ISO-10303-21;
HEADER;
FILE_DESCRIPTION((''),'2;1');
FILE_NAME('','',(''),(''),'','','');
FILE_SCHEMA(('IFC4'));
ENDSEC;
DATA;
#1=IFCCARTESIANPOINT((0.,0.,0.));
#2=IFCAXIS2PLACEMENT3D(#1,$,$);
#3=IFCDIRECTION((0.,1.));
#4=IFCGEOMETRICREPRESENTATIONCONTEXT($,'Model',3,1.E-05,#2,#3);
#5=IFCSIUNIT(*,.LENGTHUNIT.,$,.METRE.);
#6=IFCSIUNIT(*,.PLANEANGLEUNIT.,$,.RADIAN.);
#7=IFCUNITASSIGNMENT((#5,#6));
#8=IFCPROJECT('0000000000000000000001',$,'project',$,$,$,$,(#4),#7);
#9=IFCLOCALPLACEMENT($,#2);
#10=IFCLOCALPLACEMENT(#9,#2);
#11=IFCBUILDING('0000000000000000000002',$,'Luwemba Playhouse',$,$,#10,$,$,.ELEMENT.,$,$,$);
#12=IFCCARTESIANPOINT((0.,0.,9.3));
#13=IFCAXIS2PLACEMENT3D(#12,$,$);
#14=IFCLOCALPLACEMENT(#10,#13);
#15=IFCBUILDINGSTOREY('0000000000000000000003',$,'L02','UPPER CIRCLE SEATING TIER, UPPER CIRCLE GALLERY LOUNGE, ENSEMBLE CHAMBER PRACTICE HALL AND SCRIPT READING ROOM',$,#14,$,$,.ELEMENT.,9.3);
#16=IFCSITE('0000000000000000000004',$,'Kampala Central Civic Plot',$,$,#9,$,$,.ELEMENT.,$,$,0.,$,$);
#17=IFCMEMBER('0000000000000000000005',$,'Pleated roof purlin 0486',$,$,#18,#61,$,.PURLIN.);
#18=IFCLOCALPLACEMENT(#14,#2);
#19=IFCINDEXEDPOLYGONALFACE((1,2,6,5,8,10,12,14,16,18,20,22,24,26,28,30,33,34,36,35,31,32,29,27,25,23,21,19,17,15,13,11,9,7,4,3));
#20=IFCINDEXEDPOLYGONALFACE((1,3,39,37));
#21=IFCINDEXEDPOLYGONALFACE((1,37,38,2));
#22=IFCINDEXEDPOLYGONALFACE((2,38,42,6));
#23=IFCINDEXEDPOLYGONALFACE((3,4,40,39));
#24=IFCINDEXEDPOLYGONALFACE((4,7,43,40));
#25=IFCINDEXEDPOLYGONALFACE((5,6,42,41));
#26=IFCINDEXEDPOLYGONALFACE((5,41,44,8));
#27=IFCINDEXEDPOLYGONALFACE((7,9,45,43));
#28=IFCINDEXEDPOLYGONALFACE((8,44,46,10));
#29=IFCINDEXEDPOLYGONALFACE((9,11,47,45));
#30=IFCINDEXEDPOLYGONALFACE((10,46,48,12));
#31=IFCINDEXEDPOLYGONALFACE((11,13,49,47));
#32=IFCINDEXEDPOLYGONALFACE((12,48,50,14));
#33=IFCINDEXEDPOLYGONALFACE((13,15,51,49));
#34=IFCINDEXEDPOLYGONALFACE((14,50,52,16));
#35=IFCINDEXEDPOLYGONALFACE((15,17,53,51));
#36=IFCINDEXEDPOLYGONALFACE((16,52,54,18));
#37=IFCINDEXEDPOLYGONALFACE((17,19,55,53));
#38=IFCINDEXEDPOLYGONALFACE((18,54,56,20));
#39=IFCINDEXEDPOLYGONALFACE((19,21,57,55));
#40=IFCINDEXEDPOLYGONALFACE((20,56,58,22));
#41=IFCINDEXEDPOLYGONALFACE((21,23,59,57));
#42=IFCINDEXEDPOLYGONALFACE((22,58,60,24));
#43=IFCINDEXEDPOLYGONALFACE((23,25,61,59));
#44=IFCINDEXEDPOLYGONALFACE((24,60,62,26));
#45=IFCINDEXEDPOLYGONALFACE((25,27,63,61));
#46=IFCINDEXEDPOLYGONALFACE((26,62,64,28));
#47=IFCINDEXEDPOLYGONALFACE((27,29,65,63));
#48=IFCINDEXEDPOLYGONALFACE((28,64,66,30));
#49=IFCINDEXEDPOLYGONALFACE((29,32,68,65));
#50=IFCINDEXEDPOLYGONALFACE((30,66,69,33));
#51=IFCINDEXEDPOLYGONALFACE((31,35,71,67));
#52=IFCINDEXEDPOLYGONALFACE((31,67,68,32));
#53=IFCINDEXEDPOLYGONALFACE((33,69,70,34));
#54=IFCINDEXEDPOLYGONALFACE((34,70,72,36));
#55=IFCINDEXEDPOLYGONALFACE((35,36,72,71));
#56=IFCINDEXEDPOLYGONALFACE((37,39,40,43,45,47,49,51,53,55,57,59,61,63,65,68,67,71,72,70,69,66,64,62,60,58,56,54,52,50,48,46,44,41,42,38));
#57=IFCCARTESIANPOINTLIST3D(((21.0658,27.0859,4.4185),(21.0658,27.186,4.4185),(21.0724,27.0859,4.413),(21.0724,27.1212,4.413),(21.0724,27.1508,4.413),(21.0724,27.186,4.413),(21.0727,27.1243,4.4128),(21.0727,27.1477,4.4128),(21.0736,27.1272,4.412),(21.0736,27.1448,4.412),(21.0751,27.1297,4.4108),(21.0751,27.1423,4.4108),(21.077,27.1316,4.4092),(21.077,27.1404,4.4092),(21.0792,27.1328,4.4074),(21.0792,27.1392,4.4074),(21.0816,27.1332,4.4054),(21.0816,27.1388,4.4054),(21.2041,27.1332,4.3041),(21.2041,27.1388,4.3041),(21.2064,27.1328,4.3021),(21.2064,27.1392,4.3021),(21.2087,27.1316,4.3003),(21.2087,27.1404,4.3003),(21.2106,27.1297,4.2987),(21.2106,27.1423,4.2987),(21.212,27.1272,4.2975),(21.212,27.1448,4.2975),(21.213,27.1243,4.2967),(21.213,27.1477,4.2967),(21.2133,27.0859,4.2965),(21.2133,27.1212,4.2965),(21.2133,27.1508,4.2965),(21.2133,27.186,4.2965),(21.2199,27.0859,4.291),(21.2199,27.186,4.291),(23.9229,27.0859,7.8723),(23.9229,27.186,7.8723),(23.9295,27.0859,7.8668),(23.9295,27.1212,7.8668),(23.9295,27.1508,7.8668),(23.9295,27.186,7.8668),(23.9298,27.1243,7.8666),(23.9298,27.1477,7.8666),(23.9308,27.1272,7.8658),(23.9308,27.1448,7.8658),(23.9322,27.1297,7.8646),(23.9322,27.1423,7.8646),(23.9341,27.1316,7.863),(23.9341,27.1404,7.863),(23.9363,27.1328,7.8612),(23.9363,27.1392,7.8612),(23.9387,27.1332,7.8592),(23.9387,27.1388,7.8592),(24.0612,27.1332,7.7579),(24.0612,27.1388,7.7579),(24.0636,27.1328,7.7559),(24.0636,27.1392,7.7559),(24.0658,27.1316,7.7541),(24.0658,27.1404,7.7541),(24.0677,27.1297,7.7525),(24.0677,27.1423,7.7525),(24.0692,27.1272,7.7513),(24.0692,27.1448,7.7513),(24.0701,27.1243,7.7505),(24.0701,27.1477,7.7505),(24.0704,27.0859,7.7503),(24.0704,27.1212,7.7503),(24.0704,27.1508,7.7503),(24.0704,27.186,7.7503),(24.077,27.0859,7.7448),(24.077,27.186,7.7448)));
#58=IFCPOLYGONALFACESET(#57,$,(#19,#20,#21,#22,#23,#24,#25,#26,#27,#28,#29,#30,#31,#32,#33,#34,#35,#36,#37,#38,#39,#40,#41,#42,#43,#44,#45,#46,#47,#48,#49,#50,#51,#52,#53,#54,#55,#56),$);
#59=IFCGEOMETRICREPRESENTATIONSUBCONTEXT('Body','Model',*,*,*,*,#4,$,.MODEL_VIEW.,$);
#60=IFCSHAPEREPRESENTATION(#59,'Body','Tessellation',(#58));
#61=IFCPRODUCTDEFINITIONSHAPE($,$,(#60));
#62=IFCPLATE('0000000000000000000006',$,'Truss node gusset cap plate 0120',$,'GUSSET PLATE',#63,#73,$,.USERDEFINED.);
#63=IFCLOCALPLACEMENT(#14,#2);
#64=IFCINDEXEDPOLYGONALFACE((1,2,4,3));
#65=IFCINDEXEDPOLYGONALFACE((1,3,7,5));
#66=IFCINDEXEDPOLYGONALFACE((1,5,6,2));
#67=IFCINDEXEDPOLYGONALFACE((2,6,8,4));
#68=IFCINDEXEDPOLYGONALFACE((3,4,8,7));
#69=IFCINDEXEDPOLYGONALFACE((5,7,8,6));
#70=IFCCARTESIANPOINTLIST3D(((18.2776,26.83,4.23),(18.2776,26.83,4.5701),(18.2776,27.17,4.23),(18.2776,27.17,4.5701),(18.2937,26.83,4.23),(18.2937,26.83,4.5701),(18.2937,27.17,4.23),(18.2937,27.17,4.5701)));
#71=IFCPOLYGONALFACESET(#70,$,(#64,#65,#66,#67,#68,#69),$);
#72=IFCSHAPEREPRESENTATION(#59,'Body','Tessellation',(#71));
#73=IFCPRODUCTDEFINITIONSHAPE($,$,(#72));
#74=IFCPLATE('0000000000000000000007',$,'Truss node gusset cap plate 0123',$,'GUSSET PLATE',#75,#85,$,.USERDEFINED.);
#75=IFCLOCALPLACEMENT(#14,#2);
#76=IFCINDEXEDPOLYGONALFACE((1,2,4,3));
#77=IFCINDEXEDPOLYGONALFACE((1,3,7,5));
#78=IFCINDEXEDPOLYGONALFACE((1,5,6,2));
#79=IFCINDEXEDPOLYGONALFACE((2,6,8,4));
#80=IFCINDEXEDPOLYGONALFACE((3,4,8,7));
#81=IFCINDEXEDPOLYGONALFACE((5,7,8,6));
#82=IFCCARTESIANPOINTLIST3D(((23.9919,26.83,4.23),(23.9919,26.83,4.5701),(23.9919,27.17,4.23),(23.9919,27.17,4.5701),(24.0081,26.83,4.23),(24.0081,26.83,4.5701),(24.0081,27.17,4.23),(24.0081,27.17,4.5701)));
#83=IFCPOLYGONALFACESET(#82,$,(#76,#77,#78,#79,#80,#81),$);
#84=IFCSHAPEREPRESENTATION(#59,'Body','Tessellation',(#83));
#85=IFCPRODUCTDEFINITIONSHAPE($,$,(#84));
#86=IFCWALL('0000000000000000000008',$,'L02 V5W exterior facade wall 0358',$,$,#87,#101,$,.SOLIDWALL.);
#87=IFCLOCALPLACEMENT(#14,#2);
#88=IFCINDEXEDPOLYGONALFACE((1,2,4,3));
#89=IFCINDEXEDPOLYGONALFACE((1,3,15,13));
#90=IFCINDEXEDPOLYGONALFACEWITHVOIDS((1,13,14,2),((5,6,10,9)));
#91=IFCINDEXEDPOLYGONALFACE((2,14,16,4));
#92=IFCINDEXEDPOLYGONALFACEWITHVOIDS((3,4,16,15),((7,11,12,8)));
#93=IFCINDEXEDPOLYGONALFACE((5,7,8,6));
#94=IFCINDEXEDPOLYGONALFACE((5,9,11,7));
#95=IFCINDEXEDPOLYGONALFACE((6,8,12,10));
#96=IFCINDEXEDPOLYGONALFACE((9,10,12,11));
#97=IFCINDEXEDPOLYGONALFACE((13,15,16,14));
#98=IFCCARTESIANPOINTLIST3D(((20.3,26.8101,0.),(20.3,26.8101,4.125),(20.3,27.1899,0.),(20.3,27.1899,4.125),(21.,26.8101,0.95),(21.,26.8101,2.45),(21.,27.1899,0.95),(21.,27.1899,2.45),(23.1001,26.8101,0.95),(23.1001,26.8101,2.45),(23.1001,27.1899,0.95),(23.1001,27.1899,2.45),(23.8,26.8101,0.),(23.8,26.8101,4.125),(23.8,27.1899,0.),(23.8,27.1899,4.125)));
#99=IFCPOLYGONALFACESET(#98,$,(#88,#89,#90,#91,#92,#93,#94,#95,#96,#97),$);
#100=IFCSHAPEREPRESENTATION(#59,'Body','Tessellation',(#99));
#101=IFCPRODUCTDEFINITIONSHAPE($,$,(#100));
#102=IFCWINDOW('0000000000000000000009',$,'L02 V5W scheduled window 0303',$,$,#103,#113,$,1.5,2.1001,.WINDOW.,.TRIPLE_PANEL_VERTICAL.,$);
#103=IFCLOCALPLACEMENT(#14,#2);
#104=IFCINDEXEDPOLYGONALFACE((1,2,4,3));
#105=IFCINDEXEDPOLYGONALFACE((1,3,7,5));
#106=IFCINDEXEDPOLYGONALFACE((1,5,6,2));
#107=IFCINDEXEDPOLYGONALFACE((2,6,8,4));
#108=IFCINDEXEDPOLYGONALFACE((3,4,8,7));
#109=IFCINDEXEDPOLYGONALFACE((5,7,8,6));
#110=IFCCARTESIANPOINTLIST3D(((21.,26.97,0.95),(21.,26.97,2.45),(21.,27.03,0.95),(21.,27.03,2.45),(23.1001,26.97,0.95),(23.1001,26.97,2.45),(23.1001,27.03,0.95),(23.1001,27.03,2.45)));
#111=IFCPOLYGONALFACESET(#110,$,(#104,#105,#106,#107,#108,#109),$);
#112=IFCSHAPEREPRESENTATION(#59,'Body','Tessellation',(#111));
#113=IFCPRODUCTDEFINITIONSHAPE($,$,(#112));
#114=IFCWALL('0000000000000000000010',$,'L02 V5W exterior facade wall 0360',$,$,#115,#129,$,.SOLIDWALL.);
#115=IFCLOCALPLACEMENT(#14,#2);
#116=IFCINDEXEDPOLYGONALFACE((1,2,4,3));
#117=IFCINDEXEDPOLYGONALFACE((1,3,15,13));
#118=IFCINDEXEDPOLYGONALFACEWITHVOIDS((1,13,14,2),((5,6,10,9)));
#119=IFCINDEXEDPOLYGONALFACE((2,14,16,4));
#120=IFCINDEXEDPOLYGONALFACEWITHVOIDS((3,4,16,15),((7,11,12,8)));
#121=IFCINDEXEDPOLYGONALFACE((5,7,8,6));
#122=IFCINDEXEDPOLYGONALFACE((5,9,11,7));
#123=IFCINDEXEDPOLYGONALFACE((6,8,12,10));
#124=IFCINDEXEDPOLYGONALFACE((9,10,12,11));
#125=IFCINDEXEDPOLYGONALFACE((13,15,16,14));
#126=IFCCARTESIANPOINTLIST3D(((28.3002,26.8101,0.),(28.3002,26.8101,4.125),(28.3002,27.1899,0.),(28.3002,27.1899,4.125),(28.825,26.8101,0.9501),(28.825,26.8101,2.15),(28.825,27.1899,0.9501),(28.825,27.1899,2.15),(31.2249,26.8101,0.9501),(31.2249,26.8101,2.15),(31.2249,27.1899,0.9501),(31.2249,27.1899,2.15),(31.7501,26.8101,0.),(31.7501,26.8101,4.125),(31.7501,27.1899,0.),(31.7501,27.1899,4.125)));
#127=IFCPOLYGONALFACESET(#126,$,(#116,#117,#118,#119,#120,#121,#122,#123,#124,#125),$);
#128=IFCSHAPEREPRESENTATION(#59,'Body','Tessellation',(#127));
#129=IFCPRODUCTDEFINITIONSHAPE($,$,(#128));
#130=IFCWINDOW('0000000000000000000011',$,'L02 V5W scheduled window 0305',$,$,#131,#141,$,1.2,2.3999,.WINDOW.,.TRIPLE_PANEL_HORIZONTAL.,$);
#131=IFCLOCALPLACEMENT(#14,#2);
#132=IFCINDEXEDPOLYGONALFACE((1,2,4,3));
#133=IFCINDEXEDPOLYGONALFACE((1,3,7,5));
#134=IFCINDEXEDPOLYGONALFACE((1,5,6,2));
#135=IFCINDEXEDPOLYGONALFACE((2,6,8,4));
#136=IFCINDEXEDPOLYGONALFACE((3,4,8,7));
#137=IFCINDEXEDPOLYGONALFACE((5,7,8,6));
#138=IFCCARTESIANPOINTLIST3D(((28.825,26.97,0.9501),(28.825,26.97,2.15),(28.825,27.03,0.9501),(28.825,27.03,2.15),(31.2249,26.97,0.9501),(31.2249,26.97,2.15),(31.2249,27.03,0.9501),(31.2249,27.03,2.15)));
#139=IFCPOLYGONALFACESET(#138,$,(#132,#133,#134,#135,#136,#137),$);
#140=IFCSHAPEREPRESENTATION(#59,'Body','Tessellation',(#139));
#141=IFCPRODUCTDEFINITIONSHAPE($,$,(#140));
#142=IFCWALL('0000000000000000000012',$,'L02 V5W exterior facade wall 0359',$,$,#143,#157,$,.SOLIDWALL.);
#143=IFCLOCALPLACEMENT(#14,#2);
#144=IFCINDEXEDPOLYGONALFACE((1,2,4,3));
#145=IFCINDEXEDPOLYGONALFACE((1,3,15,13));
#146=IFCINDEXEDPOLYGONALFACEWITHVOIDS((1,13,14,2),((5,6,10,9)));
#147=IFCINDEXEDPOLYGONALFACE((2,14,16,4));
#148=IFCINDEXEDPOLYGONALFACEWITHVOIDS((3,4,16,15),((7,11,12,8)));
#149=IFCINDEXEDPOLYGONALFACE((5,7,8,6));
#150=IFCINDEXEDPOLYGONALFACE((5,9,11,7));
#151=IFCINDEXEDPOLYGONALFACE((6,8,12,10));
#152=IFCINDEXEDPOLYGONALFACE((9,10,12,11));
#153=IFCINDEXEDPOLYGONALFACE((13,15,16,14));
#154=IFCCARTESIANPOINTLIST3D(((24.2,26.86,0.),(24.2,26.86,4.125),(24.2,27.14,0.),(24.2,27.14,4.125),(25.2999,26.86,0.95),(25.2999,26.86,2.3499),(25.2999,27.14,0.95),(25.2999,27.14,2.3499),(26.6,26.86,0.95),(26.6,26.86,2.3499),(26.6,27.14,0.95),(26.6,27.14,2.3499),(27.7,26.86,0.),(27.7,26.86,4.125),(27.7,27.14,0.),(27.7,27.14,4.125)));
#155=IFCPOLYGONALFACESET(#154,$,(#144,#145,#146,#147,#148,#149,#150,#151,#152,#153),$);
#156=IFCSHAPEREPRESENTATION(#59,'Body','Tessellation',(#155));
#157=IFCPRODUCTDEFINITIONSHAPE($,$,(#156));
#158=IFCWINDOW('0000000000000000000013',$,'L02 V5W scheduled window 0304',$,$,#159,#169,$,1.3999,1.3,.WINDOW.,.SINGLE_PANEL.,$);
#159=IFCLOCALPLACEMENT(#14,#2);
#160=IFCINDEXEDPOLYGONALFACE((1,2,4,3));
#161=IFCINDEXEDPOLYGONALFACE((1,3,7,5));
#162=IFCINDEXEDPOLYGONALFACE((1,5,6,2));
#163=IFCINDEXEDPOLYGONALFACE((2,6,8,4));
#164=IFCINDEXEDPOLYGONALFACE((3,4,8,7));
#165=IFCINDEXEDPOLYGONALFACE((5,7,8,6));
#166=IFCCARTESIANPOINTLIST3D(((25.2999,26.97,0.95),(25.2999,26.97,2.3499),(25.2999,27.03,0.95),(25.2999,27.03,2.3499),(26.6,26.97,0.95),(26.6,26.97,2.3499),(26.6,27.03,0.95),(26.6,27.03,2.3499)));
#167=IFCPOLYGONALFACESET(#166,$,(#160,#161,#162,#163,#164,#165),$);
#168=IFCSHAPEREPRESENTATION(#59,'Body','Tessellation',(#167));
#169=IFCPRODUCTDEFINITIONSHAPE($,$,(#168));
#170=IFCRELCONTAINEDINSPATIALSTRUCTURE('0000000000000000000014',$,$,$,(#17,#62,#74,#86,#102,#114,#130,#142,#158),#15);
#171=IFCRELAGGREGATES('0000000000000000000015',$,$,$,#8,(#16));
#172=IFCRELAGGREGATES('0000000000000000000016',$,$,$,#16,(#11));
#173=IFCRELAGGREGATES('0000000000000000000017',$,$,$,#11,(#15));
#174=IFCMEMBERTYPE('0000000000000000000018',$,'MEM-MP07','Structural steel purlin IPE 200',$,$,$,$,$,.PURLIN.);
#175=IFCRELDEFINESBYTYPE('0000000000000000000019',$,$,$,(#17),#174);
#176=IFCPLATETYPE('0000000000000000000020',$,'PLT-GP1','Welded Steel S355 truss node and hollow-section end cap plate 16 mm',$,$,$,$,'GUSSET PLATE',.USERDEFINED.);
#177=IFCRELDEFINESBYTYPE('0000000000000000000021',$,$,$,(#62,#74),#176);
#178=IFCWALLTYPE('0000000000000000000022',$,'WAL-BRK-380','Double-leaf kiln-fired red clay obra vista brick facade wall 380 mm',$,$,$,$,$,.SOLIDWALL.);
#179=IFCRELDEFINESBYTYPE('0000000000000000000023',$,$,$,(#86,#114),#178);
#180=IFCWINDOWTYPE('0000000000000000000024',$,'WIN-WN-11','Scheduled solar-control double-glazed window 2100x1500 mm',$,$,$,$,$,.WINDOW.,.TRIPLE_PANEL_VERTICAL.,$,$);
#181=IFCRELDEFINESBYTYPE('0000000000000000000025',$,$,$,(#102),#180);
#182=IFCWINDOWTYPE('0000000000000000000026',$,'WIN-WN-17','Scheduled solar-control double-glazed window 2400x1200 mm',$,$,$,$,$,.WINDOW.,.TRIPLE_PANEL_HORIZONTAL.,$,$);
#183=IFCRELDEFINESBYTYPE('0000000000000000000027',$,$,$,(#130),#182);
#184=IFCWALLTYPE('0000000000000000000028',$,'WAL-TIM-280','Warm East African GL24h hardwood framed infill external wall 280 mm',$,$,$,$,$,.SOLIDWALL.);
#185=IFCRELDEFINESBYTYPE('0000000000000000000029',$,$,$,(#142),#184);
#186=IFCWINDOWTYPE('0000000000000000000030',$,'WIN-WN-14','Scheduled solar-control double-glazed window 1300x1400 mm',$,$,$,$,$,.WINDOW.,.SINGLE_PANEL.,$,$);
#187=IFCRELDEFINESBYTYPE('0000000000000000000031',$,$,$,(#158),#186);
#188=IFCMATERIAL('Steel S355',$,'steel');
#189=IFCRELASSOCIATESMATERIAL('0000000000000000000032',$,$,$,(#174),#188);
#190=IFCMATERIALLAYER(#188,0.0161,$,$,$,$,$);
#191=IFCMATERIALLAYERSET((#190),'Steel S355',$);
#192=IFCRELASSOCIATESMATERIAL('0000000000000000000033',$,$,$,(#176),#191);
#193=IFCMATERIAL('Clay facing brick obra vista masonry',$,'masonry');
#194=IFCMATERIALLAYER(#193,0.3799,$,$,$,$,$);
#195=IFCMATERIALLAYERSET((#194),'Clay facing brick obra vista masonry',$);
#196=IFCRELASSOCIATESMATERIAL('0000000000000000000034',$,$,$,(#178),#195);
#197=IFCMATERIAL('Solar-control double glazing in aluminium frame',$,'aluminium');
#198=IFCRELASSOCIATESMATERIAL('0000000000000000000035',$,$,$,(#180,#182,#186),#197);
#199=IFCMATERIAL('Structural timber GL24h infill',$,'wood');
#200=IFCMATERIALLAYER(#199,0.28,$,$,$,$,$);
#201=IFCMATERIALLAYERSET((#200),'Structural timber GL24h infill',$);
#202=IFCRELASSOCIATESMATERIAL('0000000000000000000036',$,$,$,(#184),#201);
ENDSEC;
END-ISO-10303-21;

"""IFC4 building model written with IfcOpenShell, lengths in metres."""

from ifc_helpers import new_model, si_unit, direction, frame, frame_2d, origin, origin_2d, place, context, subcontext, project, spatial, rectangle, i_section, extrude, material, layer, layer_set, material_profile, profile_set, type_object, element, fill, save


model = new_model("IFC4")

# Units and contexts
model_context = context("Model", 3, precision=1e-05, world=origin(), true_north=direction((0.0, 1.0)))
body_context = subcontext(model_context, "Body", "Model", "MODEL_VIEW")
ifc_project = project(units=[si_unit("LENGTHUNIT", "METRE"), si_unit("PLANEANGLEUNIT", "RADIAN")], contexts=[model_context])

# Site, building, storey
site_placement = place(None, origin())
site = spatial("IfcSite", under=ifc_project, at=site_placement, Name="Kampala Central Civic Plot", CompositionType="ELEMENT", RefElevation=0.0)
building_placement = place(site_placement, origin())
building = spatial("IfcBuilding", under=site, at=building_placement, Name="Luwemba Playhouse", CompositionType="ELEMENT")
storey_placement = place(building_placement, frame((0.0, 0.0, 9.3)))
storey = spatial("IfcBuildingStorey", under=building, at=storey_placement, Name="L02", Description="UPPER CIRCLE SEATING TIER, UPPER CIRCLE GALLERY LOUNGE, ENSEMBLE CHAMBER PRACTICE HALL AND SCRIPT READING ROOM", CompositionType="ELEMENT", Elevation=9.3)

# Shared definitions
ifc_material_1 = material(Name="Steel S355", Category="steel")

# Member
ifc_material_profile_1 = material_profile(ifc_material_1, i_section(OverallWidth=0.1001, OverallDepth=0.2, WebThickness=0.0056, FlangeThickness=0.0085, FilletRadius=0.012, at=origin_2d()))
ifc_profile_set_1 = profile_set([ifc_material_profile_1], Name="Steel S355")
member_type_1 = type_object("IfcMemberType", Name="MEM-MP07", Description="Structural steel purlin IPE 200", PredefinedType="PURLIN", material=ifc_profile_set_1)
member_1_placement = place(storey_placement, frame((21.1428, 27.136, 4.3547), z_axis=(0.637411, 0.0, 0.770524), x_axis=(0.0, 1.0, 0.0)))
element("IfcMember", 1, at=member_1_placement, inside=storey, type_object=member_type_1, Name="Pleated roof purlin 0486", PredefinedType="PURLIN", context=body_context, shape_type="SweptSolid", body=[
    extrude(i_section(OverallWidth=0.1001, OverallDepth=0.2, WebThickness=0.0056, FlangeThickness=0.0085, FilletRadius=0.012, at=origin_2d()), origin(), (0.0, 0.0, 1.0), 4.4824),
])

# Plates
ifc_layer_1 = layer(ifc_material_1, 0.0161)
ifc_layer_set_1 = layer_set([ifc_layer_1], Name="Steel S355")
plate_type = type_object("IfcPlateType", Name="PLT-GP1", Description="Welded Steel S355 truss node and hollow-section end cap plate 16 mm", ElementType="GUSSET PLATE", PredefinedType="USERDEFINED", material=ifc_layer_set_1)
for number, where, z_axis, x_axis, name in (
    (2, (18.2856, 27.0, 4.23), (0.0, 0.0, 1.0), (1.0, 0.0, 0.0), "Truss node gusset cap plate 0120"),
    (3, (24.0, 27.0, 4.23), (0.0, 0.0, 1.0), (1.0, 0.0, 0.0), "Truss node gusset cap plate 0123"),
):
    element("IfcPlate", number, at=place(storey_placement, frame(where, z_axis=z_axis, x_axis=x_axis)), inside=storey, type_object=plate_type, Name=name, ObjectType="GUSSET PLATE", PredefinedType="USERDEFINED", context=body_context, shape_type="SweptSolid", body=[
        extrude(rectangle(XDim=0.0161, YDim=0.3401, at=origin_2d()), origin(), (0.0, 0.0, 1.0), 0.3401),
    ])

# Walls, openings, windows
ifc_material_2 = material(Name="Clay facing brick obra vista masonry", Category="masonry")
ifc_layer_2 = layer(ifc_material_2, 0.3799)
ifc_layer_set_2 = layer_set([ifc_layer_2], Name="Clay facing brick obra vista masonry")
wall_type_1 = type_object("IfcWallType", Name="WAL-BRK-380", Description="Double-leaf kiln-fired red clay obra vista brick facade wall 380 mm", PredefinedType="SOLIDWALL", material=ifc_layer_set_2)
wall_1_placement = place(storey_placement, frame((20.3, 27.0, 0.0), z_axis=(0.0, 0.0, 1.0), x_axis=(1.0, 0.0, 0.0)))
wall_1 = element("IfcWall", 4, at=wall_1_placement, inside=storey, type_object=wall_type_1, Name="L02 V5W exterior facade wall 0358", PredefinedType="SOLIDWALL", context=body_context, shape_type="SweptSolid", body=[
    extrude(rectangle(XDim=3.5, YDim=0.3799, at=frame_2d((1.75, 0.0))), origin(), (0.0, 0.0, 1.0), 4.125),
])
opening_1_placement = place(wall_1_placement, frame((0.7, 0.0, 0.95)))
opening_1 = element("IfcOpeningElement", 5, at=opening_1_placement, cuts=wall_1, PredefinedType="OPENING", context=body_context, shape_type="SweptSolid", body=[
    extrude(rectangle(XDim=2.1001, YDim=1.5, at=frame_2d((1.05, 0.75))), frame((0.0, 0.2, 0.0), z_axis=(0.0, -1.0, 0.0), x_axis=(1.0, 0.0, 0.0)), (0.0, 0.0, 1.0), 0.3999),
])
ifc_material_3 = material(Name="Solar-control double glazing in aluminium frame", Category="aluminium")
window_type_1 = type_object("IfcWindowType", Name="WIN-WN-11", Description="Scheduled solar-control double-glazed window 2100x1500 mm", PartitioningType="TRIPLE_PANEL_VERTICAL", PredefinedType="WINDOW", material=ifc_material_3)
window_1_placement = place(opening_1_placement, origin())
window_1 = element("IfcWindow", 6, at=window_1_placement, inside=storey, type_object=window_type_1, Name="L02 V5W scheduled window 0303", OverallHeight=1.5, OverallWidth=2.1001, PartitioningType="TRIPLE_PANEL_VERTICAL", PredefinedType="WINDOW", context=body_context, shape_type="SweptSolid", body=[
    extrude(rectangle(XDim=2.1001, YDim=1.5, at=frame_2d((1.05, 0.75))), frame((0.0, 0.03, 0.0), z_axis=(0.0, -1.0, 0.0), x_axis=(1.0, 0.0, 0.0)), (0.0, 0.0, 1.0), 0.0601),
])
fill(opening_1, window_1)
wall_2_placement = place(storey_placement, frame((28.3, 27.0, 0.0), z_axis=(0.0, 0.0, 1.0), x_axis=(1.0, 0.0, 0.0)))
wall_2 = element("IfcWall", 7, at=wall_2_placement, inside=storey, type_object=wall_type_1, Name="L02 V5W exterior facade wall 0360", PredefinedType="SOLIDWALL", context=body_context, shape_type="SweptSolid", body=[
    extrude(rectangle(XDim=3.45, YDim=0.3799, at=frame_2d((1.7251, 0.0))), origin(), (0.0, 0.0, 1.0), 4.125),
])
opening_2_placement = place(wall_2_placement, frame((0.5249, 0.0, 0.95)))
opening_2 = element("IfcOpeningElement", 8, at=opening_2_placement, cuts=wall_2, PredefinedType="OPENING", context=body_context, shape_type="SweptSolid", body=[
    extrude(rectangle(XDim=2.3999, YDim=1.2, at=frame_2d((1.2, 0.6001))), frame((0.0, 0.2, 0.0), z_axis=(0.0, -1.0, 0.0), x_axis=(1.0, 0.0, 0.0)), (0.0, 0.0, 1.0), 0.3999),
])
window_type_2 = type_object("IfcWindowType", Name="WIN-WN-17", Description="Scheduled solar-control double-glazed window 2400x1200 mm", PartitioningType="TRIPLE_PANEL_HORIZONTAL", PredefinedType="WINDOW", material=ifc_material_3)
window_2_placement = place(opening_2_placement, origin())
window_2 = element("IfcWindow", 9, at=window_2_placement, inside=storey, type_object=window_type_2, Name="L02 V5W scheduled window 0305", OverallHeight=1.2, OverallWidth=2.3999, PartitioningType="TRIPLE_PANEL_HORIZONTAL", PredefinedType="WINDOW", context=body_context, shape_type="SweptSolid", body=[
    extrude(rectangle(XDim=2.3999, YDim=1.2, at=frame_2d((1.2, 0.6001))), frame((0.0, 0.03, 0.0), z_axis=(0.0, -1.0, 0.0), x_axis=(1.0, 0.0, 0.0)), (0.0, 0.0, 1.0), 0.0601),
])
fill(opening_2, window_2)
ifc_material_4 = material(Name="Structural timber GL24h infill", Category="wood")
ifc_layer_3 = layer(ifc_material_4, 0.28)
ifc_layer_set_3 = layer_set([ifc_layer_3], Name="Structural timber GL24h infill")
wall_type_2 = type_object("IfcWallType", Name="WAL-TIM-280", Description="Warm East African GL24h hardwood framed infill external wall 280 mm", PredefinedType="SOLIDWALL", material=ifc_layer_set_3)
wall_3_placement = place(storey_placement, frame((24.2, 27.0, 0.0), z_axis=(0.0, 0.0, 1.0), x_axis=(1.0, 0.0, 0.0)))
wall_3 = element("IfcWall", 10, at=wall_3_placement, inside=storey, type_object=wall_type_2, Name="L02 V5W exterior facade wall 0359", PredefinedType="SOLIDWALL", context=body_context, shape_type="SweptSolid", body=[
    extrude(rectangle(XDim=3.5, YDim=0.28, at=frame_2d((1.75, 0.0))), origin(), (0.0, 0.0, 1.0), 4.125),
])
opening_3_placement = place(wall_3_placement, frame((1.1001, 0.0, 0.95)))
opening_3 = element("IfcOpeningElement", 11, at=opening_3_placement, cuts=wall_3, PredefinedType="OPENING", context=body_context, shape_type="SweptSolid", body=[
    extrude(rectangle(XDim=1.3, YDim=1.3999, at=frame_2d((0.6499, 0.7))), frame((0.0, 0.1499, 0.0), z_axis=(0.0, -1.0, 0.0), x_axis=(1.0, 0.0, 0.0)), (0.0, 0.0, 1.0), 0.3),
])
window_type_3 = type_object("IfcWindowType", Name="WIN-WN-14", Description="Scheduled solar-control double-glazed window 1300x1400 mm", PartitioningType="SINGLE_PANEL", PredefinedType="WINDOW", material=ifc_material_3)
window_3_placement = place(opening_3_placement, origin())
window_3 = element("IfcWindow", 12, at=window_3_placement, inside=storey, type_object=window_type_3, Name="L02 V5W scheduled window 0304", OverallHeight=1.3999, OverallWidth=1.3, PartitioningType="SINGLE_PANEL", PredefinedType="WINDOW", context=body_context, shape_type="SweptSolid", body=[
    extrude(rectangle(XDim=1.3, YDim=1.3999, at=frame_2d((0.6499, 0.7))), frame((0.0, 0.03, 0.0), z_axis=(0.0, -1.0, 0.0), x_axis=(1.0, 0.0, 0.0)), (0.0, 0.0, 1.0), 0.0601),
])
fill(opening_3, window_3)

save(model, "model.ifc")
